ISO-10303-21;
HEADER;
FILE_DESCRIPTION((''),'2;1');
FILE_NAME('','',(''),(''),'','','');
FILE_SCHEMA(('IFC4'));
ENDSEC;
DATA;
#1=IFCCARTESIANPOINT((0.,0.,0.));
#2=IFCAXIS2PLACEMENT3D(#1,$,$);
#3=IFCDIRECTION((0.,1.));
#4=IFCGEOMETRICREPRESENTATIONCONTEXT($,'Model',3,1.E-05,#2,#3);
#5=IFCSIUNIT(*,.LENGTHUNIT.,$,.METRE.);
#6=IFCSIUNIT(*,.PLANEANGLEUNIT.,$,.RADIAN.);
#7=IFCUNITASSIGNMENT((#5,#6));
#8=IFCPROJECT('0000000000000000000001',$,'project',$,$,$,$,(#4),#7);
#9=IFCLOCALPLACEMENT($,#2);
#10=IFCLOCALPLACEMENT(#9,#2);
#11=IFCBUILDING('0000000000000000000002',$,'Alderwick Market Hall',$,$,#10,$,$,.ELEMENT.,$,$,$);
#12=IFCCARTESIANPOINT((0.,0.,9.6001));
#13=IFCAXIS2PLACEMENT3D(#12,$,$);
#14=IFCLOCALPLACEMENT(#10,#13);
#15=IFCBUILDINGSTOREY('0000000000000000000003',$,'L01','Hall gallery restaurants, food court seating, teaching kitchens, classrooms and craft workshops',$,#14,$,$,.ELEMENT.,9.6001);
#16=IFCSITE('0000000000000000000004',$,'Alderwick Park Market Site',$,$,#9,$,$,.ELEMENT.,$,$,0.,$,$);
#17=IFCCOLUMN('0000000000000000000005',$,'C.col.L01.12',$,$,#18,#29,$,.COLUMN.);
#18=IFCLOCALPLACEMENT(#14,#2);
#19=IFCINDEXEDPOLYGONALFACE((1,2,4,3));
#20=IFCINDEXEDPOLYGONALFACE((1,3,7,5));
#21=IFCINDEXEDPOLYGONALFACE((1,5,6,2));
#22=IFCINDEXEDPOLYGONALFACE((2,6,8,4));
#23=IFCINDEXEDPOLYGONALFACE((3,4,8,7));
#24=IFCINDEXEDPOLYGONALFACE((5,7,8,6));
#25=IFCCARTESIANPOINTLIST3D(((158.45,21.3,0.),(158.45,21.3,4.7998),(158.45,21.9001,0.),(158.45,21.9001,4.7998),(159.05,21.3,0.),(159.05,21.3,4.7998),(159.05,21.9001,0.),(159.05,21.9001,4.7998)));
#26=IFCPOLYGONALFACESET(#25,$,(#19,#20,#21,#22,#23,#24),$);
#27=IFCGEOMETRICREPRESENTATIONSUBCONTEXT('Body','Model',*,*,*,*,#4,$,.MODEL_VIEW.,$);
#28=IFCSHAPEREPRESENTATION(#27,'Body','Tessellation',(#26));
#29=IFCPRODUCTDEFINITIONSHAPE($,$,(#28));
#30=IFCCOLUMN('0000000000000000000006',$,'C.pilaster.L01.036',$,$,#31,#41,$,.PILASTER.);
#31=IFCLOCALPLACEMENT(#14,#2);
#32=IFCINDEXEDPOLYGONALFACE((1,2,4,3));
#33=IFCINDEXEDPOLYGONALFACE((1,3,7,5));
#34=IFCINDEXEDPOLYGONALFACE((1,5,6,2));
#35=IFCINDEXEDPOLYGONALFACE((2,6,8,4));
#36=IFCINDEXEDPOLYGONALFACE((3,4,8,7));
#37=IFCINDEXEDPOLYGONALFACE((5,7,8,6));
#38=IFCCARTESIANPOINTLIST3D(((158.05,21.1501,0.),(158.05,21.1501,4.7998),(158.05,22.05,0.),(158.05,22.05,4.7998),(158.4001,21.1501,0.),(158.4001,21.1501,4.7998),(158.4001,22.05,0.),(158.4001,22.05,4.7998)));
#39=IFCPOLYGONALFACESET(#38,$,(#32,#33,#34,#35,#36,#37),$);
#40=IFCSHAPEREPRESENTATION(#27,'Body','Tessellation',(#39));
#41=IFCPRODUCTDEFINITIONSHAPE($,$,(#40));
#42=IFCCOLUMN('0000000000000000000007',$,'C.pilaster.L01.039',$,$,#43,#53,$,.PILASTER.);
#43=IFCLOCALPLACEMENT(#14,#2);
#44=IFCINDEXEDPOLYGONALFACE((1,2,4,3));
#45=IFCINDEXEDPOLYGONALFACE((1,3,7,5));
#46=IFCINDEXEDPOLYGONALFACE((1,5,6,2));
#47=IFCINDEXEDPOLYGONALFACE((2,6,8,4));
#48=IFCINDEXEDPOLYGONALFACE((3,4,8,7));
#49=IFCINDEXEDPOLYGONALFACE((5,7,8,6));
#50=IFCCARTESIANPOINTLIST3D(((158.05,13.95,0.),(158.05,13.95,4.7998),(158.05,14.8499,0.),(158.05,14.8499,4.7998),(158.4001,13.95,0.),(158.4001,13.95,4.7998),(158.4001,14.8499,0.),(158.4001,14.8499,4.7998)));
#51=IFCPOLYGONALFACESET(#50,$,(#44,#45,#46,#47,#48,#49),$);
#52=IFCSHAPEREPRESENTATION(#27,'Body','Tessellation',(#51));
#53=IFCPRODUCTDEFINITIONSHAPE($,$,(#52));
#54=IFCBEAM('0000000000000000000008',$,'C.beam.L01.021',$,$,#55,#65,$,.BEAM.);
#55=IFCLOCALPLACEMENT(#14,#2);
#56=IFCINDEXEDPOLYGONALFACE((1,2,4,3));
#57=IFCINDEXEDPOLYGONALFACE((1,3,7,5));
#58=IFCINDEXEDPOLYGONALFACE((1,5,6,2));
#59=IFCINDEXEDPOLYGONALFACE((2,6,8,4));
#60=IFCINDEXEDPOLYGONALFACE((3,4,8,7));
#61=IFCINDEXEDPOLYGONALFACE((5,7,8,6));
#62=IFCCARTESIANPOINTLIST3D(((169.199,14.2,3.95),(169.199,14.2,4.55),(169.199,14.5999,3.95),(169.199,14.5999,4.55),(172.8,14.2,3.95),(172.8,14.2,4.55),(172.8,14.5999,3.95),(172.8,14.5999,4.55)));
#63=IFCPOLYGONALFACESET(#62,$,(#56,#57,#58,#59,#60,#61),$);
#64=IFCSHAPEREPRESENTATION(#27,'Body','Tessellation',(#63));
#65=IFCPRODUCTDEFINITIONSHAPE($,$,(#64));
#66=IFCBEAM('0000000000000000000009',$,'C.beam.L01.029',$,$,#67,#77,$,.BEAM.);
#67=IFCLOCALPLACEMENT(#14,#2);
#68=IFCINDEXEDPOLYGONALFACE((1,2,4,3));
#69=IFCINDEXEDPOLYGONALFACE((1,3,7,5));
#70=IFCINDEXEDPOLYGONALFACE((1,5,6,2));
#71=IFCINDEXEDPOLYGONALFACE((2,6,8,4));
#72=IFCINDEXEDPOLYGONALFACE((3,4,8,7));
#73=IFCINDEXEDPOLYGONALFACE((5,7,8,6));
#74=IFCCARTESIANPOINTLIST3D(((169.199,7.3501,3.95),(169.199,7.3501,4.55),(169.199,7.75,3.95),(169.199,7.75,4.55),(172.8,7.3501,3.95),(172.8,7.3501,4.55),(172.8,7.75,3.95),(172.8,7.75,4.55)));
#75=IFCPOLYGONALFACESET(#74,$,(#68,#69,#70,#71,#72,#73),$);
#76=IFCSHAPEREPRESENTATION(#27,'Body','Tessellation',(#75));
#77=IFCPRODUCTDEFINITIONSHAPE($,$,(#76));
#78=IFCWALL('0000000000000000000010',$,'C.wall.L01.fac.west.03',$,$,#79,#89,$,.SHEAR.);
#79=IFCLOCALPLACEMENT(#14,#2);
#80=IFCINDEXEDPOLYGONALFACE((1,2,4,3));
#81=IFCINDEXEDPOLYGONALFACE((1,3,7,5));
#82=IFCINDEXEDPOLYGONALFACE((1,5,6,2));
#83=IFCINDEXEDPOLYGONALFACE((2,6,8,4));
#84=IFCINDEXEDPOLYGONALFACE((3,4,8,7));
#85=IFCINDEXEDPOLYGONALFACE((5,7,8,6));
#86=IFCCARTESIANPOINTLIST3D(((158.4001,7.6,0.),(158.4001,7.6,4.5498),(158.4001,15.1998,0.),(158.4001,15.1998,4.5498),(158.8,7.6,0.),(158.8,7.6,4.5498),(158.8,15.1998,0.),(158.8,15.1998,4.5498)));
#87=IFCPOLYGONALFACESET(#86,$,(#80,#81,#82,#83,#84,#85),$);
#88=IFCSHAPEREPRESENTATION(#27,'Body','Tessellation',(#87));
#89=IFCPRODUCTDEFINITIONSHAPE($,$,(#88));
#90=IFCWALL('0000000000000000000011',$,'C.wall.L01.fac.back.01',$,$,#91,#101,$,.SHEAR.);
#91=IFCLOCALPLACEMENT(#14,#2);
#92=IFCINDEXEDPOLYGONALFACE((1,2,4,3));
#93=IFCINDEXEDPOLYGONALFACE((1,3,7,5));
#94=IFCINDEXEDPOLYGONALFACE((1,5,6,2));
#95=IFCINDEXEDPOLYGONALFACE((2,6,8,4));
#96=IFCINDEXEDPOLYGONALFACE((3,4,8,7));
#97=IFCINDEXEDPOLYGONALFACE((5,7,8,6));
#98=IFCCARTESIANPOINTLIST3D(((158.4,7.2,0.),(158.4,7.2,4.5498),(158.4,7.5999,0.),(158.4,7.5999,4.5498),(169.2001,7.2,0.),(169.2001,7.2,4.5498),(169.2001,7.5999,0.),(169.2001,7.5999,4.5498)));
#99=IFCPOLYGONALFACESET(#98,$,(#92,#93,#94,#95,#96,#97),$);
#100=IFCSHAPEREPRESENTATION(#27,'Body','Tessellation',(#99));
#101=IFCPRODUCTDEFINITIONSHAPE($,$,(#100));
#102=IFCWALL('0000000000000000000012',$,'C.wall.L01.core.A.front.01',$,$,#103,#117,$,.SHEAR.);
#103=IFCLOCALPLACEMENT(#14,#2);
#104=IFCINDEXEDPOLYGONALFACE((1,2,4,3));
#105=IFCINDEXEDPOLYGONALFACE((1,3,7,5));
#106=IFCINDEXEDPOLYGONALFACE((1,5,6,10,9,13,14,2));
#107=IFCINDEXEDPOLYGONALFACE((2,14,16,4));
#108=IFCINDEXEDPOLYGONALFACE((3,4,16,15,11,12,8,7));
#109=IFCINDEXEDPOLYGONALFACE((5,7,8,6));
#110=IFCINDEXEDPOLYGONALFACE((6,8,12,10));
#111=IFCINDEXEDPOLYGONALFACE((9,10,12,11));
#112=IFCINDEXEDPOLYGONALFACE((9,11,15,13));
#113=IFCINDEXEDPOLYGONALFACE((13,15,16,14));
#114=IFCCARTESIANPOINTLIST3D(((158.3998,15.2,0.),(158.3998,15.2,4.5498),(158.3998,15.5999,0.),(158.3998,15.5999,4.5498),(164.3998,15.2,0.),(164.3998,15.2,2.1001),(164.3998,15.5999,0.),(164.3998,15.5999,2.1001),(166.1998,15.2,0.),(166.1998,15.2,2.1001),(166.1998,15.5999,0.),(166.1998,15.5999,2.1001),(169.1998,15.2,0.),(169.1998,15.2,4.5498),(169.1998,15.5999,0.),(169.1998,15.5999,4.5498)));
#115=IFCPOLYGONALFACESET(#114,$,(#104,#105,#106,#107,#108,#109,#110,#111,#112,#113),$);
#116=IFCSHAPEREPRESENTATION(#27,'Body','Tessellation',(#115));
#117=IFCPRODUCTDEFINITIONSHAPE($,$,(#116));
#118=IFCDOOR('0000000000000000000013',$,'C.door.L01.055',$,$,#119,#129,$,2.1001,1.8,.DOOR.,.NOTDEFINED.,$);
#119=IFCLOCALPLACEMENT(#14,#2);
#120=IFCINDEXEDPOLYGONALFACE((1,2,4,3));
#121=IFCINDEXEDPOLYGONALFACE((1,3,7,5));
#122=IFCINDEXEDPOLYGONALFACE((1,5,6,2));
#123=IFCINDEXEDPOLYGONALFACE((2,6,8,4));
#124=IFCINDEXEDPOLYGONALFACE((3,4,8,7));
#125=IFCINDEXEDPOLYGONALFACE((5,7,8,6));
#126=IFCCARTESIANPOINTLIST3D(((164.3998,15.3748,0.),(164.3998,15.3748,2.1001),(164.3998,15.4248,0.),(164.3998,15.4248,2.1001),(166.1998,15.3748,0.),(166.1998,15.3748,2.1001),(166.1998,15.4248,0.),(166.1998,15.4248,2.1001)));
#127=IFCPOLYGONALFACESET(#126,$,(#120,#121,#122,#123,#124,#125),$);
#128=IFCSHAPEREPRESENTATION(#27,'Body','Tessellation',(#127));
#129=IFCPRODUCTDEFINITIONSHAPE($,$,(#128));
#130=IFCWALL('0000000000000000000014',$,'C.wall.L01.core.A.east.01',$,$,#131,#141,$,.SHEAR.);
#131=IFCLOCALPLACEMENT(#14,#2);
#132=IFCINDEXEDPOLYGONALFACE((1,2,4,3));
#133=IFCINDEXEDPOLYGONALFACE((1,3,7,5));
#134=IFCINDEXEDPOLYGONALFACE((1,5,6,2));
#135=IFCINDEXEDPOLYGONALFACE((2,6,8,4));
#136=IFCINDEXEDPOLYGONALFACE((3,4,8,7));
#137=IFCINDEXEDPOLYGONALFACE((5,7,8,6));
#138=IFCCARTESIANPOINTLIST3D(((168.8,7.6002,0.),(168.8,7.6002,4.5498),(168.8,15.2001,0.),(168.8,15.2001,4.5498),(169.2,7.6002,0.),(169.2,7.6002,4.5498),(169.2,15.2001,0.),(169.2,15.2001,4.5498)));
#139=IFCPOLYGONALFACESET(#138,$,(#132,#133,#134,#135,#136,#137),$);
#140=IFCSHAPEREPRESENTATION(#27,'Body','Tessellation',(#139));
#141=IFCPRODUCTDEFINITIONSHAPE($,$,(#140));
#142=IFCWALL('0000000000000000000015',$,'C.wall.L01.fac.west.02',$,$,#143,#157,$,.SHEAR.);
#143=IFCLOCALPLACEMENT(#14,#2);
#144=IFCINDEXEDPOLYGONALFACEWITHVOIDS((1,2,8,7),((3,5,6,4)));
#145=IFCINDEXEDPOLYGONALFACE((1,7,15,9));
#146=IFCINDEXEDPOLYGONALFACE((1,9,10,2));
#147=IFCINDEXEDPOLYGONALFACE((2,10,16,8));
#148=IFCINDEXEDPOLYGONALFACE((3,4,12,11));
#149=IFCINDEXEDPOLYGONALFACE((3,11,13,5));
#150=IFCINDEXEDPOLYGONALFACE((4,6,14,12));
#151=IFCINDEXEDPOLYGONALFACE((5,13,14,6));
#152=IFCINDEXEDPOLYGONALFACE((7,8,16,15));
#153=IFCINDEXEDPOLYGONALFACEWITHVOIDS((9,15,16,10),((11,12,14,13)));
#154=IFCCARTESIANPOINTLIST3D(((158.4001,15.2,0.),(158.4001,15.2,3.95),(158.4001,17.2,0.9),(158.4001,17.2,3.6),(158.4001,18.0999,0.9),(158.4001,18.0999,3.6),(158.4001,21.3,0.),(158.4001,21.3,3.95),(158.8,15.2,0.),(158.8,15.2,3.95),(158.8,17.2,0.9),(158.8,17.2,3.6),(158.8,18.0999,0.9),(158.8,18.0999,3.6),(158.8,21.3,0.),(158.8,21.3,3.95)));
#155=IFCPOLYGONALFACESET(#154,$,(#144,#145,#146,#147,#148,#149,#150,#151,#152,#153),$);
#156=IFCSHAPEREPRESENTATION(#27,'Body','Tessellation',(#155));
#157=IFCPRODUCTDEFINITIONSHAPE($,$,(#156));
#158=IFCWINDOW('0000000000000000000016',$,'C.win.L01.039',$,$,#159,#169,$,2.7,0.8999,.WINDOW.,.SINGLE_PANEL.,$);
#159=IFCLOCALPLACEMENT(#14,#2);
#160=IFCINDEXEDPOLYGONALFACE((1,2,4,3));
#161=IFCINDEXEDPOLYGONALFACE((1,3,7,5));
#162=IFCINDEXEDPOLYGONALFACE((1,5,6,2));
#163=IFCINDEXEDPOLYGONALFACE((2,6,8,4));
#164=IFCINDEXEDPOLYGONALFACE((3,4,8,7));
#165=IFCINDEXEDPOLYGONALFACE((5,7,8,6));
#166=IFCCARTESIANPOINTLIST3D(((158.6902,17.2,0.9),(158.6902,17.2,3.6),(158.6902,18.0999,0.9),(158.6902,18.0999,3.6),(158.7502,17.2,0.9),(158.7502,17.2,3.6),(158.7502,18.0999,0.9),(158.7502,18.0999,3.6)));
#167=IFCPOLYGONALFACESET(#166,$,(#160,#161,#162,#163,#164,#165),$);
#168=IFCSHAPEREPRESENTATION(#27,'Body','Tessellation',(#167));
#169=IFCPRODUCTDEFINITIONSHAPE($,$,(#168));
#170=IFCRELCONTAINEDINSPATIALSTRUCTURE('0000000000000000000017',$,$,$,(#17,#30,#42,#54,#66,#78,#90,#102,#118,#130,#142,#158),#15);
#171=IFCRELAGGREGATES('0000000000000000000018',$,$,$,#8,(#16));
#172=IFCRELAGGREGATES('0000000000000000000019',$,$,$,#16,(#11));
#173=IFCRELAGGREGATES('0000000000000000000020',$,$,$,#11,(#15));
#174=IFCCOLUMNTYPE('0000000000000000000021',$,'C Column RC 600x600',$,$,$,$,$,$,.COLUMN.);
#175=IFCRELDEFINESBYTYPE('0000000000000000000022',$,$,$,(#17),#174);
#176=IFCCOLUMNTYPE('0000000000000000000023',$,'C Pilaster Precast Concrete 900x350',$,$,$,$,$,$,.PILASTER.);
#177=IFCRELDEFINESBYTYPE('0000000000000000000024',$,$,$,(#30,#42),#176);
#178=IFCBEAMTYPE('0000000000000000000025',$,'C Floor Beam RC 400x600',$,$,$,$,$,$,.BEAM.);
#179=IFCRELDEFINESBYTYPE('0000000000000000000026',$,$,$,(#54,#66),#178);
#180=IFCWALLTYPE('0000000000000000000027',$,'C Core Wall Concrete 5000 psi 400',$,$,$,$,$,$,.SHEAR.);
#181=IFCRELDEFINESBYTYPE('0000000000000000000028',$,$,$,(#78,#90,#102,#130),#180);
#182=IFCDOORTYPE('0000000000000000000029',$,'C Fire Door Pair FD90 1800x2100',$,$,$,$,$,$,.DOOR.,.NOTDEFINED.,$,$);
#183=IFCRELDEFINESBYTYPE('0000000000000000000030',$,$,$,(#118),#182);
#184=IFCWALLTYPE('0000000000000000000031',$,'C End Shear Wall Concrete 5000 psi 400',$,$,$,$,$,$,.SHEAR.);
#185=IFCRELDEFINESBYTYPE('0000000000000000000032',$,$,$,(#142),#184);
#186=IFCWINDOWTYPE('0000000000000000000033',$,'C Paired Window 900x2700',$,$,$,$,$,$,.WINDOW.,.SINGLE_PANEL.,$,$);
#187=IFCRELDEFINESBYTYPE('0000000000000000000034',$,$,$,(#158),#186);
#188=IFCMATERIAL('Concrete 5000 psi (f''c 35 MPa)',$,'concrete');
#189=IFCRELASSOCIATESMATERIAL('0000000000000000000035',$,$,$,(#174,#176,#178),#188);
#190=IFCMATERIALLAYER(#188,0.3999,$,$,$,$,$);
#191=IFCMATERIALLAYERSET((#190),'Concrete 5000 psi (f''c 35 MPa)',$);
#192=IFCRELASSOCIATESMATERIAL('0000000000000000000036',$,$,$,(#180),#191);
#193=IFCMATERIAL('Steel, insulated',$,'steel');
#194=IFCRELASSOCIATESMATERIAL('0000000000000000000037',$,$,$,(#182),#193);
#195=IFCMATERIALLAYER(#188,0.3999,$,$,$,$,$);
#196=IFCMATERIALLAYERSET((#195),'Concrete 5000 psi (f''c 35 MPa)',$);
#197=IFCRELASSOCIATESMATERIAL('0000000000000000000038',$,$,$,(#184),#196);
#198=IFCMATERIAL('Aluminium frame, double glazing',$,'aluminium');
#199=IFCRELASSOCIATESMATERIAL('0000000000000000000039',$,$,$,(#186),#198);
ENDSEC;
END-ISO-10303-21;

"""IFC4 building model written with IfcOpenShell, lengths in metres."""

from ifc_helpers import new_model, si_unit, direction, frame, frame_2d, origin, origin_2d, place, context, subcontext, project, spatial, rectangle, extrude, material, layer, layer_set, material_profile, profile_set, type_object, element, fill, save


model = new_model("IFC4")

# Units and contexts
model_context = context("Model", 3, precision=1e-05, world=origin(), true_north=direction((0.0, 1.0)))
body_context = subcontext(model_context, "Body", "Model", "MODEL_VIEW")
ifc_project = project(units=[si_unit("LENGTHUNIT", "METRE"), si_unit("PLANEANGLEUNIT", "RADIAN")], contexts=[model_context])

# Site, building, storey
site_placement = place(None, origin())
site = spatial("IfcSite", under=ifc_project, at=site_placement, Name="Alderwick Park Market Site", CompositionType="ELEMENT", RefElevation=0.0)
building_placement = place(site_placement, origin())
building = spatial("IfcBuilding", under=site, at=building_placement, Name="Alderwick Market Hall", CompositionType="ELEMENT")
storey_placement = place(building_placement, frame((0.0, 0.0, 9.6001)))
storey = spatial("IfcBuildingStorey", under=building, at=storey_placement, Name="L01", Description="Hall gallery restaurants, food court seating, teaching kitchens, classrooms and craft workshops", CompositionType="ELEMENT", Elevation=9.6001)

# Columns
ifc_material_1 = material(Name="Concrete 5000 psi (f'c 35 MPa)", Category="concrete")
ifc_material_profile_1 = material_profile(ifc_material_1, rectangle(XDim=0.6001, YDim=0.6001, at=origin_2d()), Name="RC 600x600")
ifc_profile_set_1 = profile_set([ifc_material_profile_1], Name="Concrete 5000 psi (f'c 35 MPa)")
column_type_1 = type_object("IfcColumnType", Name="C Column RC 600x600", PredefinedType="COLUMN", material=ifc_profile_set_1)
column_placement = place(storey_placement, frame((158.75, 21.6001, 0.0), z_axis=(0.0, 0.0, 1.0), x_axis=(1.0, 0.0, 0.0)))
element("IfcColumn", 1, at=column_placement, inside=storey, type_object=column_type_1, Name="C.col.L01.12", PredefinedType="COLUMN", context=body_context, shape_type="SweptSolid", body=[
    extrude(rectangle(XDim=0.6001, YDim=0.6001, at=origin_2d()), origin(), (0.0, 0.0, 1.0), 4.7998),
])
ifc_material_profile_2 = material_profile(ifc_material_1, rectangle(XDim=0.8999, YDim=0.3501, at=origin_2d()), Name="PC 900x350")
ifc_profile_set_2 = profile_set([ifc_material_profile_2], Name="Concrete 5000 psi (f'c 35 MPa)")
column_type_2 = type_object("IfcColumnType", Name="C Pilaster Precast Concrete 900x350", PredefinedType="PILASTER", material=ifc_profile_set_2)
for number, where, z_axis, x_axis, name in (
    (2, (158.2251, 21.6001, 0.0), (0.0, 0.0, 1.0), (0.0, 1.0, 0.0), "C.pilaster.L01.036"),
    (3, (158.2251, 14.3999, 0.0), (0.0, 0.0, 1.0), (0.0, 1.0, 0.0), "C.pilaster.L01.039"),
):
    element("IfcColumn", number, at=place(storey_placement, frame(where, z_axis=z_axis, x_axis=x_axis)), inside=storey, type_object=column_type_2, Name=name, PredefinedType="PILASTER", context=body_context, shape_type="SweptSolid", body=[
        extrude(rectangle(XDim=0.8999, YDim=0.3501, at=origin_2d()), origin(), (0.0, 0.0, 1.0), 4.7998),
    ])

# Beams
ifc_material_profile_3 = material_profile(ifc_material_1, rectangle(XDim=0.3999, YDim=0.6001, at=origin_2d()), Name="RC 400x600")
ifc_profile_set_3 = profile_set([ifc_material_profile_3], Name="Concrete 5000 psi (f'c 35 MPa)")
beam_type = type_object("IfcBeamType", Name="C Floor Beam RC 400x600", PredefinedType="BEAM", material=ifc_profile_set_3)
for number, where, z_axis, x_axis, name in (
    (4, (169.199, 14.3999, 4.25), (1.0, 0.0, 0.0), (0.0, 1.0, 0.0), "C.beam.L01.021"),
    (5, (169.199, 7.55, 4.25), (1.0, 0.0, 0.0), (0.0, 1.0, 0.0), "C.beam.L01.029"),
):
    element("IfcBeam", number, at=place(storey_placement, frame(where, z_axis=z_axis, x_axis=x_axis)), inside=storey, type_object=beam_type, Name=name, PredefinedType="BEAM", context=body_context, shape_type="SweptSolid", body=[
        extrude(rectangle(XDim=0.3999, YDim=0.6001, at=origin_2d()), origin(), (0.0, 0.0, 1.0), 3.6011),
    ])

# Walls
ifc_layer_1 = layer(ifc_material_1, 0.3999)
ifc_layer_set_1 = layer_set([ifc_layer_1], Name="Concrete 5000 psi (f'c 35 MPa)")
wall_type_1 = type_object("IfcWallType", Name="C Core Wall Concrete 5000 psi 400", PredefinedType="SHEAR", material=ifc_layer_set_1)
wall_1_placement = place(storey_placement, frame((158.6001, 7.6001, 0.0), z_axis=(0.0, 0.0, 1.0), x_axis=(0.0, 1.0, 0.0)))
element("IfcWall", 6, at=wall_1_placement, inside=storey, type_object=wall_type_1, Name="C.wall.L01.fac.west.03", PredefinedType="SHEAR", context=body_context, shape_type="SweptSolid", body=[
    extrude(rectangle(XDim=7.5999, YDim=0.3999, at=frame_2d((3.7998, 0.0))), origin(), (0.0, 0.0, 1.0), 4.5498),
])
wall_2_placement = place(storey_placement, frame((169.2, 7.3999, 0.0), z_axis=(0.0, 0.0, 1.0), x_axis=(-1.0, 0.0, 0.0)))
element("IfcWall", 7, at=wall_2_placement, inside=storey, type_object=wall_type_1, Name="C.wall.L01.fac.back.01", PredefinedType="SHEAR", context=body_context, shape_type="SweptSolid", body=[
    extrude(rectangle(XDim=10.8, YDim=0.3999, at=frame_2d((5.3999, 0.0))), origin(), (0.0, 0.0, 1.0), 4.5498),
])

# Wall, opening, door
wall_3_placement = place(storey_placement, frame((158.3999, 15.3999, 0.0), z_axis=(0.0, 0.0, 1.0), x_axis=(1.0, 0.0, 0.0)))
wall_3 = element("IfcWall", 8, at=wall_3_placement, inside=storey, type_object=wall_type_1, Name="C.wall.L01.core.A.front.01", PredefinedType="SHEAR", context=body_context, shape_type="SweptSolid", body=[
    extrude(rectangle(XDim=10.8, YDim=0.3999, at=frame_2d((5.3999, 0.0))), origin(), (0.0, 0.0, 1.0), 4.5498),
])
opening_1_placement = place(wall_3_placement, frame((6.0, 0.0, 0.0)))
opening_1 = element("IfcOpeningElement", 9, at=opening_1_placement, cuts=wall_3, PredefinedType="OPENING", context=body_context, shape_type="SweptSolid", body=[
    extrude(rectangle(XDim=1.8, YDim=2.1001, at=frame_2d((0.8999, 1.05))), frame((0.0, 0.21, 0.0), z_axis=(0.0, -1.0, 0.0), x_axis=(1.0, 0.0, 0.0)), (0.0, 0.0, 1.0), 0.4199),
])
ifc_material_2 = material(Name="Steel, insulated", Category="steel")
door_type_1 = type_object("IfcDoorType", Name="C Fire Door Pair FD90 1800x2100", OperationType="NOTDEFINED", PredefinedType="DOOR", material=ifc_material_2)
door_1_placement = place(opening_1_placement, origin())
door_1 = element("IfcDoor", 10, at=door_1_placement, inside=storey, type_object=door_type_1, Name="C.door.L01.055", OperationType="NOTDEFINED", OverallHeight=2.1001, OverallWidth=1.8, PredefinedType="DOOR", context=body_context, shape_type="SweptSolid", body=[
    extrude(rectangle(XDim=1.8, YDim=2.1001, at=frame_2d((0.8999, 1.05))), frame((0.0, 0.0249, 0.0), z_axis=(0.0, -1.0, 0.0), x_axis=(1.0, 0.0, 0.0)), (0.0, 0.0, 1.0), 0.05),
])
fill(opening_1, door_1)

# Wall
wall_4_placement = place(storey_placement, frame((169.0, 15.2, 0.0), z_axis=(0.0, 0.0, 1.0), x_axis=(0.0, -1.0, 0.0)))
element("IfcWall", 11, at=wall_4_placement, inside=storey, type_object=wall_type_1, Name="C.wall.L01.core.A.east.01", PredefinedType="SHEAR", context=body_context, shape_type="SweptSolid", body=[
    extrude(rectangle(XDim=7.5999, YDim=0.3999, at=frame_2d((3.7998, 0.0))), origin(), (0.0, 0.0, 1.0), 4.5498),
])

# Wall, opening, window
ifc_layer_2 = layer(ifc_material_1, 0.3999)
ifc_layer_set_2 = layer_set([ifc_layer_2], Name="Concrete 5000 psi (f'c 35 MPa)")
wall_type_2 = type_object("IfcWallType", Name="C End Shear Wall Concrete 5000 psi 400", PredefinedType="SHEAR", material=ifc_layer_set_2)
wall_5_placement = place(storey_placement, frame((158.6001, 15.2, 0.0), z_axis=(0.0, 0.0, 1.0), x_axis=(0.0, 1.0, 0.0)))
wall_5 = element("IfcWall", 12, at=wall_5_placement, inside=storey, type_object=wall_type_2, Name="C.wall.L01.fac.west.02", PredefinedType="SHEAR", context=body_context, shape_type="SweptSolid", body=[
    extrude(rectangle(XDim=6.1001, YDim=0.3999, at=frame_2d((3.05, 0.0))), origin(), (0.0, 0.0, 1.0), 3.95),
])
opening_2_placement = place(wall_5_placement, frame((2.0, 0.0, 0.8999)))
opening_2 = element("IfcOpeningElement", 13, at=opening_2_placement, cuts=wall_5, PredefinedType="OPENING", context=body_context, shape_type="SweptSolid", body=[
    extrude(rectangle(XDim=0.8999, YDim=2.7, at=frame_2d((0.45, 1.3501))), frame((0.0, 0.21, 0.0), z_axis=(0.0, -1.0, 0.0), x_axis=(1.0, 0.0, 0.0)), (0.0, 0.0, 1.0), 0.4199),
])
ifc_material_3 = material(Name="Aluminium frame, double glazing", Category="aluminium")
window_type = type_object("IfcWindowType", Name="C Paired Window 900x2700", PartitioningType="SINGLE_PANEL", PredefinedType="WINDOW", material=ifc_material_3)
window_placement = place(opening_2_placement, origin())
window = element("IfcWindow", 14, at=window_placement, inside=storey, type_object=window_type, Name="C.win.L01.039", OverallHeight=2.7, OverallWidth=0.8999, PartitioningType="SINGLE_PANEL", PredefinedType="WINDOW", context=body_context, shape_type="SweptSolid", body=[
    extrude(rectangle(XDim=0.8999, YDim=2.7, at=frame_2d((0.45, 1.3501))), frame((0.0, -0.0901, 0.0), z_axis=(0.0, -1.0, 0.0), x_axis=(1.0, 0.0, 0.0)), (0.0, 0.0, 1.0), 0.0601),
])
fill(opening_2, window)

save(model, "model.ifc")
